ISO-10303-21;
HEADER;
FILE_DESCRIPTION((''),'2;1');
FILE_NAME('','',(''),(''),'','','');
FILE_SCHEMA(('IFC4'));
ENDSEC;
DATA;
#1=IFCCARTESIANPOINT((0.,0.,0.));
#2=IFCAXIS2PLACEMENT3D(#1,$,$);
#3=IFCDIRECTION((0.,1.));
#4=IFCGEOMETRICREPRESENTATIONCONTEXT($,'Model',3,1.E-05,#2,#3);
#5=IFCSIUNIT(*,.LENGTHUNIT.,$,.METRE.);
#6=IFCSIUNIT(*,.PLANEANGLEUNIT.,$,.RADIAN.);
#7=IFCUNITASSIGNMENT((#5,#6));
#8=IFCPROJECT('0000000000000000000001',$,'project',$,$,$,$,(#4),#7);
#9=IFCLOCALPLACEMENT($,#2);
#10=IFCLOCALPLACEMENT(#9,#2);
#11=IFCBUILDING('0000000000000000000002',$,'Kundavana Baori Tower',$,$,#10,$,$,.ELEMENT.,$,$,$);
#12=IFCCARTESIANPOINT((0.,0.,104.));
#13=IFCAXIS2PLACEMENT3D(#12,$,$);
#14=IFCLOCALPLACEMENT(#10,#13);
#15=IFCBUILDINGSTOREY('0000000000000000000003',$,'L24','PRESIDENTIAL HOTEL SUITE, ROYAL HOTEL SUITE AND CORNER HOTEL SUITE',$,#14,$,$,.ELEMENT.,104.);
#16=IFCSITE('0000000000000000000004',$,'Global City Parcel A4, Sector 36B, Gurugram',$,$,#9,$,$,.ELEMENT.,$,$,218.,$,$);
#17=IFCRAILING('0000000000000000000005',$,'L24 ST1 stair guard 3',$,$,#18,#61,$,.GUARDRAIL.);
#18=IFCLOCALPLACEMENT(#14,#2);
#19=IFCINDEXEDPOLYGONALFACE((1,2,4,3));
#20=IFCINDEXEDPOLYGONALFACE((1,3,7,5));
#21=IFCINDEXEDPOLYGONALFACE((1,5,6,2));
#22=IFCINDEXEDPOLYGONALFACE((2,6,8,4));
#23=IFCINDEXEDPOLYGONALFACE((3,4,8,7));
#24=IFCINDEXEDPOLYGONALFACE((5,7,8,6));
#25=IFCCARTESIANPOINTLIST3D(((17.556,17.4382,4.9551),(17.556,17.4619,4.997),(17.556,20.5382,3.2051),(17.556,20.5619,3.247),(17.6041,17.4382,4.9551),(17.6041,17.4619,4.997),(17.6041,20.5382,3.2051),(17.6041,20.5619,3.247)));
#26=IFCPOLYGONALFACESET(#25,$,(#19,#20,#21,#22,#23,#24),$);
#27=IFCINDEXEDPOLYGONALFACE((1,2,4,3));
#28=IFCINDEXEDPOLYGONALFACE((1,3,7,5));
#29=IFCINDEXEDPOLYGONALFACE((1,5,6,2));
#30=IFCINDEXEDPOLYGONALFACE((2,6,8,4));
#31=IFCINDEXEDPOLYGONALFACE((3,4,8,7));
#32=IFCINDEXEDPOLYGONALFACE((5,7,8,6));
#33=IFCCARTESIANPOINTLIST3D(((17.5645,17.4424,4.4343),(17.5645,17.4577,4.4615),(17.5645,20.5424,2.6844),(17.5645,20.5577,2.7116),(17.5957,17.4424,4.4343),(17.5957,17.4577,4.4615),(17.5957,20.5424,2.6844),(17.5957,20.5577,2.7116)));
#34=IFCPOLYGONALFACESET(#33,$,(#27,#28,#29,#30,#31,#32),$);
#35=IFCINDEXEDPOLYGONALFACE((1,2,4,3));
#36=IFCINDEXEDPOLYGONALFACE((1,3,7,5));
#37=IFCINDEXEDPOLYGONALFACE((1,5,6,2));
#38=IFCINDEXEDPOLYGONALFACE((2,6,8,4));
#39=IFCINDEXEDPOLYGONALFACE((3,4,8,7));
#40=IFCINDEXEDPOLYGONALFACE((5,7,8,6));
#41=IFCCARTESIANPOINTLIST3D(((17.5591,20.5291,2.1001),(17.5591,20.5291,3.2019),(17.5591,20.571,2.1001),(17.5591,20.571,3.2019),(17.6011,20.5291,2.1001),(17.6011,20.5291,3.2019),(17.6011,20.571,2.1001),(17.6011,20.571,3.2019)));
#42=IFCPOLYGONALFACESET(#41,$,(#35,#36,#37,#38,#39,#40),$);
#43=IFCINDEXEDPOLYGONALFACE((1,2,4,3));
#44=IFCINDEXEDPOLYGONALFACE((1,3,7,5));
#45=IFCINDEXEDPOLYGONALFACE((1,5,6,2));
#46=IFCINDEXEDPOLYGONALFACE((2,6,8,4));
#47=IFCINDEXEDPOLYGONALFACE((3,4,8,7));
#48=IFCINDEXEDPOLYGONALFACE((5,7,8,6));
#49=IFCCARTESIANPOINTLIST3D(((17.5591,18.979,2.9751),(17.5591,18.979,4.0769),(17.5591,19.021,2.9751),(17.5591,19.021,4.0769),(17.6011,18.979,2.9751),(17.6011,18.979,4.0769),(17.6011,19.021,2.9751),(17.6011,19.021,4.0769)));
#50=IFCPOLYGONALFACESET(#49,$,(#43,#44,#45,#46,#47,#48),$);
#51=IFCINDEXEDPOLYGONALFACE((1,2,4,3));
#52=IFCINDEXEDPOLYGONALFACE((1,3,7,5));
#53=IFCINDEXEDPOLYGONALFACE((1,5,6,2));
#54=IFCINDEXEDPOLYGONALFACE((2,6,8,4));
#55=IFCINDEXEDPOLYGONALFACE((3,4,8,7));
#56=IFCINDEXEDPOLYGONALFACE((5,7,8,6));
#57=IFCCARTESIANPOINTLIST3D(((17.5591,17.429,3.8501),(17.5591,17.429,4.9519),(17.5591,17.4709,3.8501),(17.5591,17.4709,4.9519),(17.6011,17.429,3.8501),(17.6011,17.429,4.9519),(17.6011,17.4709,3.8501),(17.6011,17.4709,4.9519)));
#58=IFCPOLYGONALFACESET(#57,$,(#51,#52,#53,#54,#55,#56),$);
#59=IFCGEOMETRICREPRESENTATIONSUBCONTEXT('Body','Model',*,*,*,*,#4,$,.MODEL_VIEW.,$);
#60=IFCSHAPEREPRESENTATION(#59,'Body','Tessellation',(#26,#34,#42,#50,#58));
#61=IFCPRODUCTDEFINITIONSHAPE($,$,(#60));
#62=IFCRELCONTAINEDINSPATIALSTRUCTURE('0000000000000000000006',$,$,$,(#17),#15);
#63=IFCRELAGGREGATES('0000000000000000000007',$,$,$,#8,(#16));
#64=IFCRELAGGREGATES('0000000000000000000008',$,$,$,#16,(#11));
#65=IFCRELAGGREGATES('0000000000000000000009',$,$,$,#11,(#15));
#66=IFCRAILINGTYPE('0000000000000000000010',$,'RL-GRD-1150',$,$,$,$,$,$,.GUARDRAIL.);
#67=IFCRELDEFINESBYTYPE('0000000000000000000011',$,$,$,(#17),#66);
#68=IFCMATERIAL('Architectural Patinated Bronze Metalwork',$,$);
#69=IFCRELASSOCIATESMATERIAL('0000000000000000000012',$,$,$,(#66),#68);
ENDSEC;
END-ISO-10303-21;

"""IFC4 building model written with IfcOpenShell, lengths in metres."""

from ifc_helpers import new_model, si_unit, direction, frame, origin, origin_2d, place, context, subcontext, project, spatial, rectangle, extrude, material, type_object, element, save


model = new_model("IFC4")

# Units and contexts
model_context = context("Model", 3, precision=1e-05, world=origin(), true_north=direction((0.0, 1.0)))
body_context = subcontext(model_context, "Body", "Model", "MODEL_VIEW")
ifc_project = project(units=[si_unit("LENGTHUNIT", "METRE"), si_unit("PLANEANGLEUNIT", "RADIAN")], contexts=[model_context])

# Site, building, storey
site_placement = place(None, origin())
site = spatial("IfcSite", under=ifc_project, at=site_placement, Name="Global City Parcel A4, Sector 36B, Gurugram", CompositionType="ELEMENT", RefElevation=218.0)
building_placement = place(site_placement, origin())
building = spatial("IfcBuilding", under=site, at=building_placement, Name="Kundavana Baori Tower", CompositionType="ELEMENT")
storey_placement = place(building_placement, frame((0.0, 0.0, 104.0)))
storey = spatial("IfcBuildingStorey", under=building, at=storey_placement, Name="L24", Description="PRESIDENTIAL HOTEL SUITE, ROYAL HOTEL SUITE AND CORNER HOTEL SUITE", CompositionType="ELEMENT", Elevation=104.0)

# Railing
ifc_material_1 = material(Name="Architectural Patinated Bronze Metalwork")
railing_type = type_object("IfcRailingType", Name="RL-GRD-1150", PredefinedType="GUARDRAIL", material=ifc_material_1)
railing_1_placement = place(storey_placement, frame((17.5801, 20.55, 2.1001)))
element("IfcRailing", 1, at=railing_1_placement, inside=storey, type_object=railing_type, Name="L24 ST1 stair guard 3", PredefinedType="GUARDRAIL", context=body_context, shape_type="SweptSolid", body=[
    extrude(rectangle(XDim=0.0481, YDim=0.0481, at=origin_2d()), frame((0.0, 0.0, 1.126), z_axis=(0.0, -0.870831, 0.491583), x_axis=(1.0, 0.0, 0.0)), (0.0, 0.0, 1.0), 3.5598),
    extrude(rectangle(XDim=0.0312, YDim=0.0312, at=origin_2d()), frame((0.0, 0.0, 0.5979), z_axis=(0.0, -0.870831, 0.491583), x_axis=(1.0, 0.0, 0.0)), (0.0, 0.0, 1.0), 3.5598),
    extrude(rectangle(XDim=0.042, YDim=0.042, at=origin_2d()), origin(), (0.0, 0.0, 1.0), 1.1018),
    extrude(rectangle(XDim=0.042, YDim=0.042, at=origin_2d()), frame((0.0, -1.55, 0.875)), (0.0, 0.0, 1.0), 1.1018),
    extrude(rectangle(XDim=0.042, YDim=0.042, at=origin_2d()), frame((0.0, -3.1001, 1.75)), (0.0, 0.0, 1.0), 1.1018),
])

save(model, "model.ifc")
